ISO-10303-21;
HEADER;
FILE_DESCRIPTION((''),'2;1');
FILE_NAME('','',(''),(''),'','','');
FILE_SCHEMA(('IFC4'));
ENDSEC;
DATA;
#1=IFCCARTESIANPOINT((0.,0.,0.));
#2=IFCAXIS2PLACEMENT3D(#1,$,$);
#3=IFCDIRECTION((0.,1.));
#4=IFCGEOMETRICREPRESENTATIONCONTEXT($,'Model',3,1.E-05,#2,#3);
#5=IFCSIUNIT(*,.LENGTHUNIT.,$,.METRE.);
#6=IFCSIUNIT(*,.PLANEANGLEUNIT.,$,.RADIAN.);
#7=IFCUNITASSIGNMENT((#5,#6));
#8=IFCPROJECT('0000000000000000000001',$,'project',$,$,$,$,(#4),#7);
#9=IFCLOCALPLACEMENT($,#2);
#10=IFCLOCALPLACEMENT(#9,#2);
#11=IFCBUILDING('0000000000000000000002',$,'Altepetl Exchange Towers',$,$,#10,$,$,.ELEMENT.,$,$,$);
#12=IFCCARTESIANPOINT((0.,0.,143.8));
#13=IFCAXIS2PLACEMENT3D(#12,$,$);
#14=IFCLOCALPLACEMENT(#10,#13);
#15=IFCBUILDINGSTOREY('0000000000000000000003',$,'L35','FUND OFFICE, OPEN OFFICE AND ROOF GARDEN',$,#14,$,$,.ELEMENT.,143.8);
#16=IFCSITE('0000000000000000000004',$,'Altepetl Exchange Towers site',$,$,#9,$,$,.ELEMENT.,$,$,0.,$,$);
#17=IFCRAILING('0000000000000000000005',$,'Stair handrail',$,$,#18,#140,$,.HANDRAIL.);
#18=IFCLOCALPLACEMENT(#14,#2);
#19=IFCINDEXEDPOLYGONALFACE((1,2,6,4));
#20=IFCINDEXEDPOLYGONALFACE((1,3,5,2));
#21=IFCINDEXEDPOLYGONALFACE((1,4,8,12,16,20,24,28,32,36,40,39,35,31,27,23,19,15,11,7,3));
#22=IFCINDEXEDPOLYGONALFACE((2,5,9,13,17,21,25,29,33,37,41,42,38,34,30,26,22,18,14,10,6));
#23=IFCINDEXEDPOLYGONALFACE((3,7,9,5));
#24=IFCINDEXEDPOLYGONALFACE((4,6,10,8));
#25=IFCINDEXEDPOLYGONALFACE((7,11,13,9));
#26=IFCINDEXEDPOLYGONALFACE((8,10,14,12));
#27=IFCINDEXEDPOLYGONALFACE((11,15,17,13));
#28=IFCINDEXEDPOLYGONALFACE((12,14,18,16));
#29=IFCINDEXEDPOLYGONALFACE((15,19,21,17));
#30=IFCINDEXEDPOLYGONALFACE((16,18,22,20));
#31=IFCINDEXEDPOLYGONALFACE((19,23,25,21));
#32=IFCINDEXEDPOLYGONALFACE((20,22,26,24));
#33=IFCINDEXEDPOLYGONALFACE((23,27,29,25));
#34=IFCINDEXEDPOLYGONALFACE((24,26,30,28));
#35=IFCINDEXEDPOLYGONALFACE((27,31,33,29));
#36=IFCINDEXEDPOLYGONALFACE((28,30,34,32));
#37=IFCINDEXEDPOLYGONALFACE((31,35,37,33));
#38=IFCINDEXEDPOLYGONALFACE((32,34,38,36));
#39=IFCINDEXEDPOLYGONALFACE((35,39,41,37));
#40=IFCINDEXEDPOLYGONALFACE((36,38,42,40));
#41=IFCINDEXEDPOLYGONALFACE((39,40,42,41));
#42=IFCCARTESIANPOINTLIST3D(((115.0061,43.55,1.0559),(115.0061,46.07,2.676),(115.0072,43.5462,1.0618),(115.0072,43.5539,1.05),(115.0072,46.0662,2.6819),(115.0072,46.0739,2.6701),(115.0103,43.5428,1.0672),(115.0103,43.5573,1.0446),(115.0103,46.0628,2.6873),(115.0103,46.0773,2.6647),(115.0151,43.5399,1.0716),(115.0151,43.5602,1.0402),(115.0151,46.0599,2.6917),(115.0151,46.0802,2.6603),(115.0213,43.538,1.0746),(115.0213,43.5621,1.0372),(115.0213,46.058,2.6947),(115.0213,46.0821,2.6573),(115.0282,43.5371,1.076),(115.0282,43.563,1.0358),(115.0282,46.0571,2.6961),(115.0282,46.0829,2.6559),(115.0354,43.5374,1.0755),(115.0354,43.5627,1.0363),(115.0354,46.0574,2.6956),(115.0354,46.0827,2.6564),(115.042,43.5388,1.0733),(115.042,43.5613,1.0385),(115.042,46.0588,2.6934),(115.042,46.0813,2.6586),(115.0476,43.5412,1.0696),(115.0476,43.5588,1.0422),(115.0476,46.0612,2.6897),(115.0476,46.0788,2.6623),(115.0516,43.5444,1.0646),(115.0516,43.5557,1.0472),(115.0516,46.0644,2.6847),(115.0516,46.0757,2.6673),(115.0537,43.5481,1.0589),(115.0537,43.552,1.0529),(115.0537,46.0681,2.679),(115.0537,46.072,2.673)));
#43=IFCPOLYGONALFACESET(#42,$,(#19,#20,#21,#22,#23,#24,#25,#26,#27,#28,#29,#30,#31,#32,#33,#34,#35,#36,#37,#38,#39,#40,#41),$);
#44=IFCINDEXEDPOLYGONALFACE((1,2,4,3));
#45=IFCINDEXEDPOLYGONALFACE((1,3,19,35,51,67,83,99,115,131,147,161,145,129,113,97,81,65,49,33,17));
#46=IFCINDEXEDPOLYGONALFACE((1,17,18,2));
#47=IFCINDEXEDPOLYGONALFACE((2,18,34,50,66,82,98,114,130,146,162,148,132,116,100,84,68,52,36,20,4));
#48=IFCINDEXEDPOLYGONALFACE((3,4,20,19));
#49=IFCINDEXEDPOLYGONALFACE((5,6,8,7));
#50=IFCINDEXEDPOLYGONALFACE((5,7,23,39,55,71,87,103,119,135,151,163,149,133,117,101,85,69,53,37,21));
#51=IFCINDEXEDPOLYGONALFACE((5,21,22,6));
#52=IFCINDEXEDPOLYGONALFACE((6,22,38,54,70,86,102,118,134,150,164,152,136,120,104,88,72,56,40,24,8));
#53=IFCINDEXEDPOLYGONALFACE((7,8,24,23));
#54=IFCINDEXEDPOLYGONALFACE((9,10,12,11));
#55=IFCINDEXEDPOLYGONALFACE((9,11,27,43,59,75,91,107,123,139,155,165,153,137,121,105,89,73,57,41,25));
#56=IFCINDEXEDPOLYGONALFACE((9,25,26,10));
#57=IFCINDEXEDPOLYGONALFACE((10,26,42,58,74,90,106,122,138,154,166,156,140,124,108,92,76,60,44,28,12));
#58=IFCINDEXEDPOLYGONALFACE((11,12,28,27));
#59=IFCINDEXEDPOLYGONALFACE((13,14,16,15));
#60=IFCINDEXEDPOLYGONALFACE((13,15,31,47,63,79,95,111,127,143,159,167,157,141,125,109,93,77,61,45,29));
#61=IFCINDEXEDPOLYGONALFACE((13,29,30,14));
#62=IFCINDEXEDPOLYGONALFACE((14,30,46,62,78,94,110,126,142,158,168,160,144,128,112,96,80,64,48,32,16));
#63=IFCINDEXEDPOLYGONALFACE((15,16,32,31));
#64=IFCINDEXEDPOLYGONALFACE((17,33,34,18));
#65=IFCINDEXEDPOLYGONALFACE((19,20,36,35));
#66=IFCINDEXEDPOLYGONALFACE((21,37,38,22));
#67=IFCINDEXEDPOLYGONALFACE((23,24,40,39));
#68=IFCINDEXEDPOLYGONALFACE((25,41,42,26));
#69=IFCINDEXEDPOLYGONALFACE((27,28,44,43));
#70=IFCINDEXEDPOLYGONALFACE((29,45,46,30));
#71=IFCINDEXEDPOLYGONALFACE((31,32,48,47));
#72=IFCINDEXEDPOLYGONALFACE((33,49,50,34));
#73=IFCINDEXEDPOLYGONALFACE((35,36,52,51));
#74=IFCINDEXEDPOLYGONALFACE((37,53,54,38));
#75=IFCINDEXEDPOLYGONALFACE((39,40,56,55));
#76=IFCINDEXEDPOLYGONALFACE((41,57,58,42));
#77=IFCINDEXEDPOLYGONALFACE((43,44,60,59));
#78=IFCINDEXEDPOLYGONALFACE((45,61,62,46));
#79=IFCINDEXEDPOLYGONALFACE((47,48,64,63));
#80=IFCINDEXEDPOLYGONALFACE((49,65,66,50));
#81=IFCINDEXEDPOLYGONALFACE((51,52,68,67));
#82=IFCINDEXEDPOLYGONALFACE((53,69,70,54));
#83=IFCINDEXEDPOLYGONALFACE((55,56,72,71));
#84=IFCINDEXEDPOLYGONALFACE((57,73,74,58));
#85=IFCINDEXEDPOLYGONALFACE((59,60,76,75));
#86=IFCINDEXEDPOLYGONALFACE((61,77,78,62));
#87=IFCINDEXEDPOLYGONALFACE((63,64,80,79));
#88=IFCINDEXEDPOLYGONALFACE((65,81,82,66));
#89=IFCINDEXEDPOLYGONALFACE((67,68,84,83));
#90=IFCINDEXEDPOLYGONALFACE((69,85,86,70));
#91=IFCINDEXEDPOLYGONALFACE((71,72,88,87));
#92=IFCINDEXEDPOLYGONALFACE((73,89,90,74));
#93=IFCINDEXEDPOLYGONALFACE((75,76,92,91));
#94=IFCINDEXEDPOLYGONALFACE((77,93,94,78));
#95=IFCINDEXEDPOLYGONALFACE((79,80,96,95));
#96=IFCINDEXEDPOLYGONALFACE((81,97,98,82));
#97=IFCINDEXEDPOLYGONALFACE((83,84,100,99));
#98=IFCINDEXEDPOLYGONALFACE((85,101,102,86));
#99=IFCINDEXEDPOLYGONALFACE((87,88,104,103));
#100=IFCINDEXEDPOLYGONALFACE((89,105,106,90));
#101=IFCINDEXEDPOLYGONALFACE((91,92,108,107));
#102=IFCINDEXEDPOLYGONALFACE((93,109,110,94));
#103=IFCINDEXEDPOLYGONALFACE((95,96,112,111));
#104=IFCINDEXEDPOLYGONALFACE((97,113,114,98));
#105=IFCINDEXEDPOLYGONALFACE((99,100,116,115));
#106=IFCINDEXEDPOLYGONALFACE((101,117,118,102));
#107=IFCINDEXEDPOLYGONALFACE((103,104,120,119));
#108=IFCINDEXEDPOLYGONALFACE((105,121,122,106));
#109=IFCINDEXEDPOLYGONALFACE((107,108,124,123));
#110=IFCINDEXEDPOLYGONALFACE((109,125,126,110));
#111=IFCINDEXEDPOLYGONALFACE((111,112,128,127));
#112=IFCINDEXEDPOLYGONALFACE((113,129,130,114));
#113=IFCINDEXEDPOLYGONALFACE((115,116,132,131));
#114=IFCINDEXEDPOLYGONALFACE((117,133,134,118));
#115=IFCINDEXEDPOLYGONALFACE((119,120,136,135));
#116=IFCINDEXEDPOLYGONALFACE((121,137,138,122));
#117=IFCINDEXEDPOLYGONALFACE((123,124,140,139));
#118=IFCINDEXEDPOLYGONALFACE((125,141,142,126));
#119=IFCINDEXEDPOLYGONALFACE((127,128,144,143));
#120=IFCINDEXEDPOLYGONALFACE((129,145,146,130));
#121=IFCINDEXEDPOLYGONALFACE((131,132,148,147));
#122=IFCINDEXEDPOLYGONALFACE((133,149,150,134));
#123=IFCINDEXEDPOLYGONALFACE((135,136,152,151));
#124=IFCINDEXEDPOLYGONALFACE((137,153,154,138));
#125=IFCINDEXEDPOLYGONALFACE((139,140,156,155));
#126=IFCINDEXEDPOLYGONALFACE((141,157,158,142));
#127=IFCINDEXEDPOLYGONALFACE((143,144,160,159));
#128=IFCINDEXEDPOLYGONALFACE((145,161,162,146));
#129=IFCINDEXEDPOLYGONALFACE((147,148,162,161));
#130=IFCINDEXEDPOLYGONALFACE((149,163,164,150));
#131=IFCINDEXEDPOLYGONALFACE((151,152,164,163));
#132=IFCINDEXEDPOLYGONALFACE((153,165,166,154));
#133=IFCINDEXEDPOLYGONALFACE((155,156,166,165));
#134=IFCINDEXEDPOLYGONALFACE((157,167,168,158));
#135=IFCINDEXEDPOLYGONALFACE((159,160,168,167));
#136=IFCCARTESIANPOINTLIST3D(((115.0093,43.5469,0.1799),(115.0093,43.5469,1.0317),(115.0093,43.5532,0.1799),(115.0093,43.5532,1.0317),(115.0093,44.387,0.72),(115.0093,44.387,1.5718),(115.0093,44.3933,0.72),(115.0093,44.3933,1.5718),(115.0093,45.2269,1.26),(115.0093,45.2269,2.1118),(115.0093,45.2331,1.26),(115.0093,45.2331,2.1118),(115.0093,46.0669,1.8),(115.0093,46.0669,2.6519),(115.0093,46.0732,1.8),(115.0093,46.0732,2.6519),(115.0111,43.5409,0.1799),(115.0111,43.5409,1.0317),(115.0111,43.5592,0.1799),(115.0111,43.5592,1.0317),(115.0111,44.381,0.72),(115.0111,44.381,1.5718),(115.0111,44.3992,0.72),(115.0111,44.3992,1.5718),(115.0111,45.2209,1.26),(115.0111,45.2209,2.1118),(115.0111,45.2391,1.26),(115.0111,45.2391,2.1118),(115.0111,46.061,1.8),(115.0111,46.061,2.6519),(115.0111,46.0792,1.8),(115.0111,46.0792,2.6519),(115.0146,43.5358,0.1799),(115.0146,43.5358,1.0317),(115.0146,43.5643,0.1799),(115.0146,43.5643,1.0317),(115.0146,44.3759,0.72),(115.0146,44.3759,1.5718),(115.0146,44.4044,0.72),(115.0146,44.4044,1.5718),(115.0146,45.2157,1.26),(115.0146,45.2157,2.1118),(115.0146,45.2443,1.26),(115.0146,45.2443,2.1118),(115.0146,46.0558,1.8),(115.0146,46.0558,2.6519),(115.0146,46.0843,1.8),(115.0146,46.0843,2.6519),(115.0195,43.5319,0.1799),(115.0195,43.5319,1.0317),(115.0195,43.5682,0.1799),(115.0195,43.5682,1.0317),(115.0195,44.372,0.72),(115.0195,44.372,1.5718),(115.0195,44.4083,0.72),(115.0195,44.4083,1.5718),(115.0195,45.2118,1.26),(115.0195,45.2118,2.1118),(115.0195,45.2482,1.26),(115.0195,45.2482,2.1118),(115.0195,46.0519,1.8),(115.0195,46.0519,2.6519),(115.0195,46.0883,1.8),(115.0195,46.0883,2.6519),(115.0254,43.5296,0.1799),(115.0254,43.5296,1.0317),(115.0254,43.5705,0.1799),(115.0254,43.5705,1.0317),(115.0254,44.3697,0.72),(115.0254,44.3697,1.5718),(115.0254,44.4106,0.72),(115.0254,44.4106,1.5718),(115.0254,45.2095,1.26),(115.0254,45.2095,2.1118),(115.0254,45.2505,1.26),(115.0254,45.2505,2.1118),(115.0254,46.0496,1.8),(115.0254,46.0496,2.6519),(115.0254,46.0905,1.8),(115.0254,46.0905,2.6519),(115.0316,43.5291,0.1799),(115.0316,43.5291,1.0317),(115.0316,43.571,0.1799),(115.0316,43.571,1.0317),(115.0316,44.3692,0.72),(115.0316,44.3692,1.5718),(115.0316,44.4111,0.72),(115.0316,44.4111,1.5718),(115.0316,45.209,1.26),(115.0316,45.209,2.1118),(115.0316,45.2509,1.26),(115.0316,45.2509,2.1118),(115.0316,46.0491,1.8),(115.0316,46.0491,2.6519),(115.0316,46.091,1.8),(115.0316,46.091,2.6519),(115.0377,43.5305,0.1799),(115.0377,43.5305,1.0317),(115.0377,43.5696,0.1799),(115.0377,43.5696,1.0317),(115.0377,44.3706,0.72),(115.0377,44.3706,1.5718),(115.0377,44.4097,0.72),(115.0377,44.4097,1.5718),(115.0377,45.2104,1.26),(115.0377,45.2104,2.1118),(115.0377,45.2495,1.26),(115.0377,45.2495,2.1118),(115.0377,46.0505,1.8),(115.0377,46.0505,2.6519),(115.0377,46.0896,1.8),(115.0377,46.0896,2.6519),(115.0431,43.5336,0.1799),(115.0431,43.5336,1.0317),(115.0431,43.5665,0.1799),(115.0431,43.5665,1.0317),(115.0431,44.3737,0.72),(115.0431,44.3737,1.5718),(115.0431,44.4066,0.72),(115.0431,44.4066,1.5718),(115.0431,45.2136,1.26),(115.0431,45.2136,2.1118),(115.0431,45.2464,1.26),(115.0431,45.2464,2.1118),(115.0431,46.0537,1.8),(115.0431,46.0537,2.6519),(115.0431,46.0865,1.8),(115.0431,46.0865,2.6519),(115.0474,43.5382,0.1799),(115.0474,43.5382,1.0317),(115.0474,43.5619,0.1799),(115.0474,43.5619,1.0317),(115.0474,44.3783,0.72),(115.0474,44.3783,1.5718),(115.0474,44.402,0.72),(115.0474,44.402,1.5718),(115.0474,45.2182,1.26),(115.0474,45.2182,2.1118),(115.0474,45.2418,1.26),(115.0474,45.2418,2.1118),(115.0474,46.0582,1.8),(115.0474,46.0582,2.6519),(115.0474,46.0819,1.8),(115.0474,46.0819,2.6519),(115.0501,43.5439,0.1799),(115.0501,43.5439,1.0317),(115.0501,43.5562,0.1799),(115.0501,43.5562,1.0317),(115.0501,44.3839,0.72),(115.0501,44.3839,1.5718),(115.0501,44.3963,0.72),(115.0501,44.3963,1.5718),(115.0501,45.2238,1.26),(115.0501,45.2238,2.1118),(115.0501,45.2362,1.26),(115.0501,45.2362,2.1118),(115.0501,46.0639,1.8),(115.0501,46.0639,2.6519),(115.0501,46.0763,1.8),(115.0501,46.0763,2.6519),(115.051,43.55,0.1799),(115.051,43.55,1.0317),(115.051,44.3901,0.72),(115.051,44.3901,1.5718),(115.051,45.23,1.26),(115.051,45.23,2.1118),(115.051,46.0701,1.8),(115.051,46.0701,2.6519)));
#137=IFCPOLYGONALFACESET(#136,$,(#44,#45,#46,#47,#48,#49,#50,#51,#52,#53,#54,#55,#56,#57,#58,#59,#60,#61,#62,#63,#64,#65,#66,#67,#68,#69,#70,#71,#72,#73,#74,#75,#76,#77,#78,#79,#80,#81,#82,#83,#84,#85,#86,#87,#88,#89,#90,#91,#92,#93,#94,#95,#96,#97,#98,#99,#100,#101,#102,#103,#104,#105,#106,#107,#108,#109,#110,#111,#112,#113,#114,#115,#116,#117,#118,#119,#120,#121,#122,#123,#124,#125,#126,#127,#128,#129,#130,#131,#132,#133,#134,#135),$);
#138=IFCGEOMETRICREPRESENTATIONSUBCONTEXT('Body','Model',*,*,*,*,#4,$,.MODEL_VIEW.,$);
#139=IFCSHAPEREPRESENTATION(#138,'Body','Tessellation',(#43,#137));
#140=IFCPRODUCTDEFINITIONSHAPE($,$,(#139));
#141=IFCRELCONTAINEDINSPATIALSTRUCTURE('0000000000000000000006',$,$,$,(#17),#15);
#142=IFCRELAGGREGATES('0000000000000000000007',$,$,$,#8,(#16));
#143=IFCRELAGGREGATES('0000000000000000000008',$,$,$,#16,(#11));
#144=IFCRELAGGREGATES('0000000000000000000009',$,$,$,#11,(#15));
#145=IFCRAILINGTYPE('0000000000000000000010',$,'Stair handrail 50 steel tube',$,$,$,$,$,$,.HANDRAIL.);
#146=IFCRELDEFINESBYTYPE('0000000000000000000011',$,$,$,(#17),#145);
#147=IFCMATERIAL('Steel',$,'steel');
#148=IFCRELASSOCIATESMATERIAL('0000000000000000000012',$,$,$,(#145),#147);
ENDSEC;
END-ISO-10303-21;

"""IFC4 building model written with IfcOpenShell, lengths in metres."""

from ifc_helpers import new_model, si_unit, direction, frame, origin, origin_2d, place, context, subcontext, project, spatial, circle, extrude, source, transform, mapped, material, type_object, element, save


model = new_model("IFC4")

# Units and contexts
model_context = context("Model", 3, precision=1e-05, world=origin(), true_north=direction((0.0, 1.0)))
body_context = subcontext(model_context, "Body", "Model", "MODEL_VIEW")
ifc_project = project(units=[si_unit("LENGTHUNIT", "METRE"), si_unit("PLANEANGLEUNIT", "RADIAN")], contexts=[model_context])

# Site, building, storey
site_placement = place(None, origin())
site = spatial("IfcSite", under=ifc_project, at=site_placement, Name="Altepetl Exchange Towers site", CompositionType="ELEMENT", RefElevation=0.0)
building_placement = place(site_placement, origin())
building = spatial("IfcBuilding", under=site, at=building_placement, Name="Altepetl Exchange Towers", CompositionType="ELEMENT")
storey_placement = place(building_placement, frame((0.0, 0.0, 143.8)))
storey = spatial("IfcBuildingStorey", under=building, at=storey_placement, Name="L35", Description="FUND OFFICE, OPEN OFFICE AND ROOF GARDEN", CompositionType="ELEMENT", Elevation=143.8)

# Railing
ifc_material_1 = material(Name="Steel", Category="steel")
railing_type_1 = type_object("IfcRailingType", Name="Stair handrail 50 steel tube", PredefinedType="HANDRAIL", material=ifc_material_1)
shared_shape_1 = source(origin(), body_context, "Body", "SweptSolid", [
    extrude(circle(Radius=0.021, at=origin_2d()), origin(), (0.0, 0.0, 1.0), 0.8518),
])
railing_1_placement = place(storey_placement, frame((115.03, 43.55, 0.1799)))
element("IfcRailing", 1, at=railing_1_placement, inside=storey, type_object=railing_type_1, Name="Stair handrail", PredefinedType="HANDRAIL", context=body_context, shape_type="SweptSolid", body=[
    extrude(circle(Radius=0.0239, at=origin_2d()), frame((0.0, 0.0, 0.876), z_axis=(0.0, 0.841163, 0.540782), x_axis=(-1.0, 0.0, 0.0)), (0.0, 0.0, 1.0), 2.9958),
    mapped(shared_shape_1, transform((0.0, 0.0, 0.0))),
    mapped(shared_shape_1, transform((0.0, 0.8401, 0.54))),
    mapped(shared_shape_1, transform((0.0, 1.6799, 1.0801))),
    mapped(shared_shape_1, transform((0.0, 2.52, 1.6201))),
])

save(model, "model.ifc")
